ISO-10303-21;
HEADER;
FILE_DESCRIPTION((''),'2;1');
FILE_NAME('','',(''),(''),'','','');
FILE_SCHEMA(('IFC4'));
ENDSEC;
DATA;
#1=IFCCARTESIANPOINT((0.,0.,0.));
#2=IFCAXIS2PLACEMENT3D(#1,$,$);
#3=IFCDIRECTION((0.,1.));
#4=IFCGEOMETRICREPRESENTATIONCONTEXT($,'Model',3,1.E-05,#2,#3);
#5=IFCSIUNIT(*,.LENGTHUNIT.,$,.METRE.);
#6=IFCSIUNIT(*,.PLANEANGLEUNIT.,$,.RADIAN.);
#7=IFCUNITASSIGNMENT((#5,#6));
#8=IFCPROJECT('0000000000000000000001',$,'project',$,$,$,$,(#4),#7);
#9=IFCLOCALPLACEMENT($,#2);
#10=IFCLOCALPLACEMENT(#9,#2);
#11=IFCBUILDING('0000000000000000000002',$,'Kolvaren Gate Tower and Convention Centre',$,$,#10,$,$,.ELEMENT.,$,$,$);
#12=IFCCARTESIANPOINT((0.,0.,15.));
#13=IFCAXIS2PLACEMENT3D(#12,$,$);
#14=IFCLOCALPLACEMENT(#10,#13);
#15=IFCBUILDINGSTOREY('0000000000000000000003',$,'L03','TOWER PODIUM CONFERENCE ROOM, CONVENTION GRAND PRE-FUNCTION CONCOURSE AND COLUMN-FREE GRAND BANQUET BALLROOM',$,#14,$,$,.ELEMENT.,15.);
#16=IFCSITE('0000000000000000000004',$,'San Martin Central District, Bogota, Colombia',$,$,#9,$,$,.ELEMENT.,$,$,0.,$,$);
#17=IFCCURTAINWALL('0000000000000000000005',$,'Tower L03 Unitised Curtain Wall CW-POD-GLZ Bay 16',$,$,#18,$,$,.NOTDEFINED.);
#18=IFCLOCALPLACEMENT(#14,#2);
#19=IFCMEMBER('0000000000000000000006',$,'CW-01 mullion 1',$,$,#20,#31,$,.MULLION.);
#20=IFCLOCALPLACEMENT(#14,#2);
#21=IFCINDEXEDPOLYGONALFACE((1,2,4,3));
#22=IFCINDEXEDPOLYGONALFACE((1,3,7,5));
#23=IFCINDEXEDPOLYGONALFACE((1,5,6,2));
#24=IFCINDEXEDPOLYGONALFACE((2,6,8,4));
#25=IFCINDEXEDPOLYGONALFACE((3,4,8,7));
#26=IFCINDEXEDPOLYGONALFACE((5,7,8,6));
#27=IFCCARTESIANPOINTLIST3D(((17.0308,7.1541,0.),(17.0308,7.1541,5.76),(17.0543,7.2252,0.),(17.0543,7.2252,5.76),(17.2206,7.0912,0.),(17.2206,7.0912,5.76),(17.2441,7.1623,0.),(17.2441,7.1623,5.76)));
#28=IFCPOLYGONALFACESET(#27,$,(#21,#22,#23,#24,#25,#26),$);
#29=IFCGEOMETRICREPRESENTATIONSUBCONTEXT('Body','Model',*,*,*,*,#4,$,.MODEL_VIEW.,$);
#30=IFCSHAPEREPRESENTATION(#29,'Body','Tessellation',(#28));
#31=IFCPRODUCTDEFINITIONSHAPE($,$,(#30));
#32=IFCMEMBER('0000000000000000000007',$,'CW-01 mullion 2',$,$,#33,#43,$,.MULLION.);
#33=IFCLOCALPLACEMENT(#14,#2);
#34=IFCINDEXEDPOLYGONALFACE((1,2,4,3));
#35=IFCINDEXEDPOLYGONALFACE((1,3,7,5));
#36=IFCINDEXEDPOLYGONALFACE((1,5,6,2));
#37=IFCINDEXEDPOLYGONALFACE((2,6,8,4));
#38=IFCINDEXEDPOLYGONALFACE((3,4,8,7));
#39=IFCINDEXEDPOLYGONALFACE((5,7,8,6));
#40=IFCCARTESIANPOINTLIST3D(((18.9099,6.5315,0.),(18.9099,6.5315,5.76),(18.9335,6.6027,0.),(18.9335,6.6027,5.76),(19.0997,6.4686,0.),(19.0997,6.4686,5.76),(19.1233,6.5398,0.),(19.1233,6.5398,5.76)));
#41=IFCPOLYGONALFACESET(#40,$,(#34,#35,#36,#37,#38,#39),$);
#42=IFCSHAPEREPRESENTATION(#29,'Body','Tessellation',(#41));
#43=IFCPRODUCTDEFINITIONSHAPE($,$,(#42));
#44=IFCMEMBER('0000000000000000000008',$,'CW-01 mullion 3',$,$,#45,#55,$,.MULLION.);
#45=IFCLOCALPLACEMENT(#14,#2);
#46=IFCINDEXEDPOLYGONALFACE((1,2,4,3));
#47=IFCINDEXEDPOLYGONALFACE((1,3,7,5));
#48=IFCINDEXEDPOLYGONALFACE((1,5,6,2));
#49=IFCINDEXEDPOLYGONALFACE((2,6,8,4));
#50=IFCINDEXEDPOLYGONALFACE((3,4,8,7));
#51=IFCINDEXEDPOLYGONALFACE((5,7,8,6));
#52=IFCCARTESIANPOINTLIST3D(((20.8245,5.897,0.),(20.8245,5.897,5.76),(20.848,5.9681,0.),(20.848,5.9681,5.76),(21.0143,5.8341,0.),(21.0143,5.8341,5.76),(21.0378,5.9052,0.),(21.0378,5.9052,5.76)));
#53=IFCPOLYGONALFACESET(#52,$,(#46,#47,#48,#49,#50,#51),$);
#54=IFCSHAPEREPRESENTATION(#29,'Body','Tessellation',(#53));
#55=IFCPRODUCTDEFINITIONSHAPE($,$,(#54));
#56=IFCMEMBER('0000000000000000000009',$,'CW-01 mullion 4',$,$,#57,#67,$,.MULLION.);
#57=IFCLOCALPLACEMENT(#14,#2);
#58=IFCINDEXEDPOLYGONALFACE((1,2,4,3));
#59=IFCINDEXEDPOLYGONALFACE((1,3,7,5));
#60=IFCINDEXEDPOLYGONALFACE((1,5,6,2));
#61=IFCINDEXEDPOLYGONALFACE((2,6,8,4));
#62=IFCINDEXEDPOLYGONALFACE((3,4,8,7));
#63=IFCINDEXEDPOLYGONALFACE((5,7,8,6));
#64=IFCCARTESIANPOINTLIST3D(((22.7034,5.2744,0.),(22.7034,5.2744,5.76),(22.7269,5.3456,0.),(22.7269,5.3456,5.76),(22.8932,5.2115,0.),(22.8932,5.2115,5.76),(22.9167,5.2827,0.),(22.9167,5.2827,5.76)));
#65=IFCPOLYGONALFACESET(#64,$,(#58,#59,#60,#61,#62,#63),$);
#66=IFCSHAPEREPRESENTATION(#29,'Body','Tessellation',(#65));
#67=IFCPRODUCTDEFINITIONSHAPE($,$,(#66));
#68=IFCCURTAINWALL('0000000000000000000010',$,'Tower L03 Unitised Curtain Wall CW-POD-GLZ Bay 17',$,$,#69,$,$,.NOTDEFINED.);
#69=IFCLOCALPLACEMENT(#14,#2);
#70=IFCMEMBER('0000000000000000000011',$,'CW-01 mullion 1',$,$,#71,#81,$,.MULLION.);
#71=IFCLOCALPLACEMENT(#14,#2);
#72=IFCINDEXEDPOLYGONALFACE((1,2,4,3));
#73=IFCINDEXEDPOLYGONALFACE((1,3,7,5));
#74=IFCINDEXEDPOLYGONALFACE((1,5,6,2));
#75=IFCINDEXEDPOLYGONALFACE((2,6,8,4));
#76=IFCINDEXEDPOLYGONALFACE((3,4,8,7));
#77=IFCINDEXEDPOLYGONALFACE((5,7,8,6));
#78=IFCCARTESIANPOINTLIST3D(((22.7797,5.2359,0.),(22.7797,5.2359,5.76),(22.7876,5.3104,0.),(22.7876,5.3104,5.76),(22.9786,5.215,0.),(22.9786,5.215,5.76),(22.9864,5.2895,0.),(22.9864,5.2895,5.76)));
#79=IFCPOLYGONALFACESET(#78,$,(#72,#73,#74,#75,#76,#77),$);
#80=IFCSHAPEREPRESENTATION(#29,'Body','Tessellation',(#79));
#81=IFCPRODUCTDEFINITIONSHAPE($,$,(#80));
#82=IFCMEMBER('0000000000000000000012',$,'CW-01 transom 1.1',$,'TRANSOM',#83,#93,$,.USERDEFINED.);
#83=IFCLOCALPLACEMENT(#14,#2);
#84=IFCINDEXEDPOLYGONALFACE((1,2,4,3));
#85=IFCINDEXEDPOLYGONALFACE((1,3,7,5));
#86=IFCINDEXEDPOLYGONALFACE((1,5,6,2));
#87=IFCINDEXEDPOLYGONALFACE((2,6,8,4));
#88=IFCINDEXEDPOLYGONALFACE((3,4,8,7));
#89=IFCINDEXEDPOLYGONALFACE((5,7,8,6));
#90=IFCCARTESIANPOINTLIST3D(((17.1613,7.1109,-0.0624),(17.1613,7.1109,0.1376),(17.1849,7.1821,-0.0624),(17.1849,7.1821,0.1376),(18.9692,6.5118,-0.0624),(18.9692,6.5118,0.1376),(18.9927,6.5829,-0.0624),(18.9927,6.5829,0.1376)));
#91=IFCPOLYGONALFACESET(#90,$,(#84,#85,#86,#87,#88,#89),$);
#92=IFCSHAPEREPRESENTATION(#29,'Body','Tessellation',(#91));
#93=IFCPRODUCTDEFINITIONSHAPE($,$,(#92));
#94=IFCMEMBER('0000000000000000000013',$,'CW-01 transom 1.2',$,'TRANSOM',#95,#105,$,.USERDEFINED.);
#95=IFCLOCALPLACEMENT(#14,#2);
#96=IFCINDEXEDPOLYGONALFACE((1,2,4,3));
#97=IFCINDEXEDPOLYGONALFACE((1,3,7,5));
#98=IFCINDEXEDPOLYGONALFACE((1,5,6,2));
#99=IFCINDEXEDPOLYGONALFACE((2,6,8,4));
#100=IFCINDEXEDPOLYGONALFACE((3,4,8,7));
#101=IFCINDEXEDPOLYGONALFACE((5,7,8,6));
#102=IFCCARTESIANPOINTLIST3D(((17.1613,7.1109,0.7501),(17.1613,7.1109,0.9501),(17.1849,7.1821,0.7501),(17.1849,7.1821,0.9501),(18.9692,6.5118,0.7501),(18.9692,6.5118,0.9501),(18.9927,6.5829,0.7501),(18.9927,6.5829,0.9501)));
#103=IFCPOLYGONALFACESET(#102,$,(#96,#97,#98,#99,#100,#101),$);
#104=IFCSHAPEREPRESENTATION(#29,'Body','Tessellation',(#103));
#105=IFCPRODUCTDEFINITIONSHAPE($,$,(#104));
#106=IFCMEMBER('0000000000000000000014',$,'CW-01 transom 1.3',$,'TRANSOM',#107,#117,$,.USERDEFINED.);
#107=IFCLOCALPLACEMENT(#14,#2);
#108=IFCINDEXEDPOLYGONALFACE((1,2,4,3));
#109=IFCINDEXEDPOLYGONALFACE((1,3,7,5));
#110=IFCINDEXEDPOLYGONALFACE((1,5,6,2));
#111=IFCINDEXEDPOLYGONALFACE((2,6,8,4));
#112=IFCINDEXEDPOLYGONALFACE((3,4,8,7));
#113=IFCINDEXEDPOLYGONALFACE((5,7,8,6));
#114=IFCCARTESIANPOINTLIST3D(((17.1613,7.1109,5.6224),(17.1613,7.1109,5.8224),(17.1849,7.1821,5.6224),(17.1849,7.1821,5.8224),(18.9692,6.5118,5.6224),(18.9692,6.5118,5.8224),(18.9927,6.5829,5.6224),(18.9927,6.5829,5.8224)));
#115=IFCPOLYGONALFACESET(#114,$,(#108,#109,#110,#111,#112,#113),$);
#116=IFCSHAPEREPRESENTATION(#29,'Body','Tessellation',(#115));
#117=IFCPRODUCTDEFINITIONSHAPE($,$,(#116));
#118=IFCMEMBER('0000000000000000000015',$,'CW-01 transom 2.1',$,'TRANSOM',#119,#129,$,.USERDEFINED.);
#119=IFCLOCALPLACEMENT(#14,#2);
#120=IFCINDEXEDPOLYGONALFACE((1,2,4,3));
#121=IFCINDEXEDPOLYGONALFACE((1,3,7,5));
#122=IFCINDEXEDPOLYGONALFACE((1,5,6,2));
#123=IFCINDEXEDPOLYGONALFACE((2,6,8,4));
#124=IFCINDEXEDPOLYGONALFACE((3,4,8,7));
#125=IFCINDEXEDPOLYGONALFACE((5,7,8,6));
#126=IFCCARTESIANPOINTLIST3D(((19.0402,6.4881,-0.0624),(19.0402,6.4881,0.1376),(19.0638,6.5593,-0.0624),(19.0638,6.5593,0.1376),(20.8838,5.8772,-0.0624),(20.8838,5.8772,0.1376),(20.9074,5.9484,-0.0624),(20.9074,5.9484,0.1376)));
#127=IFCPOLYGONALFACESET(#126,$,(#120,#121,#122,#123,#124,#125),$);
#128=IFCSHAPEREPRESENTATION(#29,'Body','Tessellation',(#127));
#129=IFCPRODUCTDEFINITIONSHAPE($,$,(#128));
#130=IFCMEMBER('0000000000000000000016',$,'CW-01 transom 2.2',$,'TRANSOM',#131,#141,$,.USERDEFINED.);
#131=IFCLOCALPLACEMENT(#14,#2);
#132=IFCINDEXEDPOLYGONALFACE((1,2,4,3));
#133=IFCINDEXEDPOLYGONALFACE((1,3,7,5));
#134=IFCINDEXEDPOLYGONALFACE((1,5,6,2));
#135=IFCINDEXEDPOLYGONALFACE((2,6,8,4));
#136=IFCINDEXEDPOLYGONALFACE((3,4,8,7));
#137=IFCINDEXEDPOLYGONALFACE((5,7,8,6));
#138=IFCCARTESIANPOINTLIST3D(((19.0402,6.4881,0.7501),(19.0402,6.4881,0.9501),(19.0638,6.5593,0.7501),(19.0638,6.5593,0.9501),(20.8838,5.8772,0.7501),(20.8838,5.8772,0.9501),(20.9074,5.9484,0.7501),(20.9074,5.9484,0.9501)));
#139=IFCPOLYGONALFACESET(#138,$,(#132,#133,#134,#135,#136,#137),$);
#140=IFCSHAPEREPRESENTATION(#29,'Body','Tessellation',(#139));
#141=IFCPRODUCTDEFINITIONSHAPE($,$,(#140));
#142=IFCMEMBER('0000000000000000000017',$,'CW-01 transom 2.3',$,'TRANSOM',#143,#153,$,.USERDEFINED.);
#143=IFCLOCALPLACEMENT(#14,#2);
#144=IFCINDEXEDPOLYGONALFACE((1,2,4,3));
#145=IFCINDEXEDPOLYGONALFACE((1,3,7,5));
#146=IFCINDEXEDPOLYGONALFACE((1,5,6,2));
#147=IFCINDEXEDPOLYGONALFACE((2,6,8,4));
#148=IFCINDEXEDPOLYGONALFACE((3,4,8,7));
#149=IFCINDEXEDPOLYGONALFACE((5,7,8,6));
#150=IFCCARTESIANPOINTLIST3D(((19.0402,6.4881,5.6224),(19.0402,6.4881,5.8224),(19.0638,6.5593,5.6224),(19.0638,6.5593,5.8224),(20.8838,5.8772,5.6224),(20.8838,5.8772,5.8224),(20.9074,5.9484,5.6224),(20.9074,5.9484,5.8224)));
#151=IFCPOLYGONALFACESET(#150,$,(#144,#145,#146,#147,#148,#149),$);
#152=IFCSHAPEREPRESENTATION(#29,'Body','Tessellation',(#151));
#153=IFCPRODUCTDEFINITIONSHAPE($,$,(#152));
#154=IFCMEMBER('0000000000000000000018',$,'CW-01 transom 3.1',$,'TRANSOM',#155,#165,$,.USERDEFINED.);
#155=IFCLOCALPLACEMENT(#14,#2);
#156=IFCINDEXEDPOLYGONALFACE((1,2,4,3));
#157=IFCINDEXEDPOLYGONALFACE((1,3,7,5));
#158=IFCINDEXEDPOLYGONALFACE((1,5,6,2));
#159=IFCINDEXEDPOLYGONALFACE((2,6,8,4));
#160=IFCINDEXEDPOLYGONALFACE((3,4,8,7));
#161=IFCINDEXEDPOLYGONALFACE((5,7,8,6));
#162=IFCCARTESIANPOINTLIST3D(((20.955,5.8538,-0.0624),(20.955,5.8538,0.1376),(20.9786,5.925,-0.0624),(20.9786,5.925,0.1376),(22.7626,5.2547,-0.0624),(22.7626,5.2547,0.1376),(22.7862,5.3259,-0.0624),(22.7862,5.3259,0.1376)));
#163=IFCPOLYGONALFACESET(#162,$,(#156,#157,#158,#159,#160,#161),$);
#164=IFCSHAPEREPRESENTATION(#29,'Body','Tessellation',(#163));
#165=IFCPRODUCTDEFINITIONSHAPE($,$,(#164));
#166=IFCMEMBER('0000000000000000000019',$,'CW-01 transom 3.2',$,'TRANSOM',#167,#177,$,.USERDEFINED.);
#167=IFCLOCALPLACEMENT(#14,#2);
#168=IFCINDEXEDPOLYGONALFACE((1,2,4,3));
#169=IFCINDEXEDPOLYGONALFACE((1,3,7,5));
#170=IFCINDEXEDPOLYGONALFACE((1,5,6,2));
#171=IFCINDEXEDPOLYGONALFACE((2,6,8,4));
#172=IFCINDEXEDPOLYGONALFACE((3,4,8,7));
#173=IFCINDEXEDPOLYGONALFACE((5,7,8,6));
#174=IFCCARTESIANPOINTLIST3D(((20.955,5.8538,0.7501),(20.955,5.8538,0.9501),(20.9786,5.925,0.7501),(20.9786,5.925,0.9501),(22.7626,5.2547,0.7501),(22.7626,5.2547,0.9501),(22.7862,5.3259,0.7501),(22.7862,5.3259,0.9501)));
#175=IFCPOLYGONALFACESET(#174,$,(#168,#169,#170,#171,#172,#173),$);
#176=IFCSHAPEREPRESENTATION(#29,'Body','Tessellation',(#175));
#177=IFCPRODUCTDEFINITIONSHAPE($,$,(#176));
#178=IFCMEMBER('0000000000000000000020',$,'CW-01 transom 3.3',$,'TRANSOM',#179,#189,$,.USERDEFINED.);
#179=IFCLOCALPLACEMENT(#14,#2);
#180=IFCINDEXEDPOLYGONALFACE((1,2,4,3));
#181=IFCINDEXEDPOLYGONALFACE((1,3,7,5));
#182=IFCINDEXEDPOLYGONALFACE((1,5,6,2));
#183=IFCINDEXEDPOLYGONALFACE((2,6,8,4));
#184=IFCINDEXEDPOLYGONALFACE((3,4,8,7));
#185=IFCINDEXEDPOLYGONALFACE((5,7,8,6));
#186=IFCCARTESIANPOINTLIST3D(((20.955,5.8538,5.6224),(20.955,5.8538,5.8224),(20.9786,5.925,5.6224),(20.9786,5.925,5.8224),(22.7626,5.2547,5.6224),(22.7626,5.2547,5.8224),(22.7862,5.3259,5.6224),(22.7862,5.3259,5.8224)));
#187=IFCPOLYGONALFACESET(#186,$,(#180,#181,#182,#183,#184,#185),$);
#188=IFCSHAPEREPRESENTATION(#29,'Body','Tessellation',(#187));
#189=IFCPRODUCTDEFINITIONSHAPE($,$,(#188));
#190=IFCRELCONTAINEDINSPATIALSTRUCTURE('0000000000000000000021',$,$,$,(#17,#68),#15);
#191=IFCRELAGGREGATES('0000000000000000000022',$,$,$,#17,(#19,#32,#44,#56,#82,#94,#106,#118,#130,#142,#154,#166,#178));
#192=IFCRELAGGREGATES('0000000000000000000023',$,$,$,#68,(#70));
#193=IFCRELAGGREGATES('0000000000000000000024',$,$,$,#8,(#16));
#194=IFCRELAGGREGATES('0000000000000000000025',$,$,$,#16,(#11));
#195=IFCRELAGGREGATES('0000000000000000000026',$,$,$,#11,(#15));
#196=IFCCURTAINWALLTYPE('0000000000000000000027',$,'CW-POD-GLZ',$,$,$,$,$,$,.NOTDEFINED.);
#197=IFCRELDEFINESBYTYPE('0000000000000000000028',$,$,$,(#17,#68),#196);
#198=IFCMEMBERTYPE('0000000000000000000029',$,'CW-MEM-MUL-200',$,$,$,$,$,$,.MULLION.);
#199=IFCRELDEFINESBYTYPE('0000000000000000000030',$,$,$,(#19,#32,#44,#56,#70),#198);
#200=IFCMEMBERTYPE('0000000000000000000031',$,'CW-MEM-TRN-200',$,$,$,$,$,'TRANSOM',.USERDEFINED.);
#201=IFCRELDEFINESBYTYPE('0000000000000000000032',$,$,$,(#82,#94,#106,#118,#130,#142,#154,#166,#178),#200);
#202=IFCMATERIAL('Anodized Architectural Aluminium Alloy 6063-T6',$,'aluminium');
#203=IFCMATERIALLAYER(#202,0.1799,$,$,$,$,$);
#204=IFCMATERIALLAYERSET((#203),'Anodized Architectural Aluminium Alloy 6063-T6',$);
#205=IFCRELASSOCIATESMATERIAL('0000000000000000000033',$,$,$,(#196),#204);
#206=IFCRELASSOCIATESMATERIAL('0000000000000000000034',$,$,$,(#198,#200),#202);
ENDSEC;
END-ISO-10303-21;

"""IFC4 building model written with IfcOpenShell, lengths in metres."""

from ifc_helpers import new_model, si_unit, direction, frame, origin, origin_2d, place, context, subcontext, project, spatial, rectangle, extrude, material, layer, layer_set, material_profile, profile_set, type_object, element, aggregate, save


model = new_model("IFC4")

# Units and contexts
model_context = context("Model", 3, precision=1e-05, world=origin(), true_north=direction((0.0, 1.0)))
body_context = subcontext(model_context, "Body", "Model", "MODEL_VIEW")
ifc_project = project(units=[si_unit("LENGTHUNIT", "METRE"), si_unit("PLANEANGLEUNIT", "RADIAN")], contexts=[model_context])

# Site, building, storey
site_placement = place(None, origin())
site = spatial("IfcSite", under=ifc_project, at=site_placement, Name="San Martin Central District, Bogota, Colombia", CompositionType="ELEMENT", RefElevation=0.0)
building_placement = place(site_placement, origin())
building = spatial("IfcBuilding", under=site, at=building_placement, Name="Kolvaren Gate Tower and Convention Centre", CompositionType="ELEMENT")
storey_placement = place(building_placement, frame((0.0, 0.0, 15.0)))
storey = spatial("IfcBuildingStorey", under=building, at=storey_placement, Name="L03", Description="TOWER PODIUM CONFERENCE ROOM, CONVENTION GRAND PRE-FUNCTION CONCOURSE AND COLUMN-FREE GRAND BANQUET BALLROOM", CompositionType="ELEMENT", Elevation=15.0)

# Curtain wall, members
ifc_material_1 = material(Name="Anodized Architectural Aluminium Alloy 6063-T6", Category="aluminium")
ifc_layer_1 = layer(ifc_material_1, 0.1799)
ifc_layer_set_1 = layer_set([ifc_layer_1], Name="Anodized Architectural Aluminium Alloy 6063-T6")
curtain_wall_type = type_object("IfcCurtainWallType", Name="CW-POD-GLZ", PredefinedType="NOTDEFINED", material=ifc_layer_set_1)
curtain_wall_1_placement = place(storey_placement, origin())
curtain_wall_1 = element("IfcCurtainWall", 1, at=curtain_wall_1_placement, inside=storey, type_object=curtain_wall_type, Name="Tower L03 Unitised Curtain Wall CW-POD-GLZ Bay 16", PredefinedType="NOTDEFINED")
ifc_material_profile_1 = material_profile(ifc_material_1, rectangle(XDim=0.075, YDim=0.2, at=origin_2d()), Name="CW-MEM-MUL-200")
ifc_profile_set_1 = profile_set([ifc_material_profile_1], Name="Anodized Architectural Aluminium Alloy 6063-T6")
member_type_1 = type_object("IfcMemberType", Name="CW-MEM-MUL-200", PredefinedType="MULLION", material=ifc_profile_set_1)
member_1_placement = place(storey_placement, frame((17.1375, 7.1582, 0.0), z_axis=(0.0, 0.0, 1.0), x_axis=(0.314547, 0.949242, 0.0)))
member_1 = element("IfcMember", 2, at=member_1_placement, type_object=member_type_1, Name="CW-01 mullion 1", PredefinedType="MULLION", context=body_context, shape_type="SweptSolid", body=[
    extrude(rectangle(XDim=0.075, YDim=0.2, at=origin_2d()), origin(), (0.0, 0.0, 1.0), 5.76),
])
member_2_placement = place(storey_placement, frame((19.0166, 6.5356, 0.0), z_axis=(0.0, 0.0, 1.0), x_axis=(0.314547, 0.949242, 0.0)))
member_2 = element("IfcMember", 3, at=member_2_placement, type_object=member_type_1, Name="CW-01 mullion 2", PredefinedType="MULLION", context=body_context, shape_type="SweptSolid", body=[
    extrude(rectangle(XDim=0.075, YDim=0.2, at=origin_2d()), origin(), (0.0, 0.0, 1.0), 5.76),
])
member_3_placement = place(storey_placement, frame((20.9312, 5.9011, 0.0), z_axis=(0.0, 0.0, 1.0), x_axis=(0.314547, 0.949242, 0.0)))
member_3 = element("IfcMember", 4, at=member_3_placement, type_object=member_type_1, Name="CW-01 mullion 3", PredefinedType="MULLION", context=body_context, shape_type="SweptSolid", body=[
    extrude(rectangle(XDim=0.075, YDim=0.2, at=origin_2d()), origin(), (0.0, 0.0, 1.0), 5.76),
])
member_4_placement = place(storey_placement, frame((22.8101, 5.2786, 0.0), z_axis=(0.0, 0.0, 1.0), x_axis=(0.314547, 0.949242, 0.0)))
member_4 = element("IfcMember", 5, at=member_4_placement, type_object=member_type_1, Name="CW-01 mullion 4", PredefinedType="MULLION", context=body_context, shape_type="SweptSolid", body=[
    extrude(rectangle(XDim=0.075, YDim=0.2, at=origin_2d()), origin(), (0.0, 0.0, 1.0), 5.76),
])

# Curtain wall, member
curtain_wall_2_placement = place(storey_placement, origin())
curtain_wall_2 = element("IfcCurtainWall", 6, at=curtain_wall_2_placement, inside=storey, type_object=curtain_wall_type, Name="Tower L03 Unitised Curtain Wall CW-POD-GLZ Bay 17", PredefinedType="NOTDEFINED")
member_5_placement = place(storey_placement, frame((22.8831, 5.2627, 0.0), z_axis=(0.0, 0.0, 1.0), x_axis=(0.104742, 0.994499, 0.0)))
member_5 = element("IfcMember", 7, at=member_5_placement, type_object=member_type_1, Name="CW-01 mullion 1", PredefinedType="MULLION", context=body_context, shape_type="SweptSolid", body=[
    extrude(rectangle(XDim=0.075, YDim=0.2, at=origin_2d()), origin(), (0.0, 0.0, 1.0), 5.76),
])

# Members
ifc_material_profile_2 = material_profile(ifc_material_1, rectangle(XDim=0.075, YDim=0.2, at=origin_2d()), Name="CW-MEM-TRN-200")
ifc_profile_set_2 = profile_set([ifc_material_profile_2], Name="Anodized Architectural Aluminium Alloy 6063-T6")
member_type_2 = type_object("IfcMemberType", Name="CW-MEM-TRN-200", ElementType="TRANSOM", PredefinedType="USERDEFINED", material=ifc_profile_set_2)
member_6_placement = place(storey_placement, frame((17.1731, 7.1465, 0.0376), z_axis=(0.949233, -0.314574, 0.0), x_axis=(0.314574, 0.949233, 0.0)))
member_6 = element("IfcMember", 8, at=member_6_placement, type_object=member_type_2, Name="CW-01 transom 1.1", ObjectType="TRANSOM", PredefinedType="USERDEFINED", context=body_context, shape_type="SweptSolid", body=[
    extrude(rectangle(XDim=0.075, YDim=0.2, at=origin_2d()), origin(), (0.0, 0.0, 1.0), 1.9045),
])
member_7_placement = place(storey_placement, frame((17.1731, 7.1465, 0.8501), z_axis=(0.949233, -0.314574, 0.0), x_axis=(0.314574, 0.949233, 0.0)))
member_7 = element("IfcMember", 9, at=member_7_placement, type_object=member_type_2, Name="CW-01 transom 1.2", ObjectType="TRANSOM", PredefinedType="USERDEFINED", context=body_context, shape_type="SweptSolid", body=[
    extrude(rectangle(XDim=0.075, YDim=0.2, at=origin_2d()), origin(), (0.0, 0.0, 1.0), 1.9045),
])
member_8_placement = place(storey_placement, frame((17.1731, 7.1465, 5.7224), z_axis=(0.949233, -0.314574, 0.0), x_axis=(0.314574, 0.949233, 0.0)))
member_8 = element("IfcMember", 10, at=member_8_placement, type_object=member_type_2, Name="CW-01 transom 1.3", ObjectType="TRANSOM", PredefinedType="USERDEFINED", context=body_context, shape_type="SweptSolid", body=[
    extrude(rectangle(XDim=0.075, YDim=0.2, at=origin_2d()), origin(), (0.0, 0.0, 1.0), 1.9045),
])
member_9_placement = place(storey_placement, frame((19.052, 6.5237, 0.0376), z_axis=(0.949247, -0.31453, 0.0), x_axis=(0.31453, 0.949247, 0.0)))
member_9 = element("IfcMember", 11, at=member_9_placement, type_object=member_type_2, Name="CW-01 transom 2.1", ObjectType="TRANSOM", PredefinedType="USERDEFINED", context=body_context, shape_type="SweptSolid", body=[
    extrude(rectangle(XDim=0.075, YDim=0.2, at=origin_2d()), origin(), (0.0, 0.0, 1.0), 1.9421),
])
member_10_placement = place(storey_placement, frame((19.052, 6.5237, 0.8501), z_axis=(0.949247, -0.31453, 0.0), x_axis=(0.31453, 0.949247, 0.0)))
member_10 = element("IfcMember", 12, at=member_10_placement, type_object=member_type_2, Name="CW-01 transom 2.2", ObjectType="TRANSOM", PredefinedType="USERDEFINED", context=body_context, shape_type="SweptSolid", body=[
    extrude(rectangle(XDim=0.075, YDim=0.2, at=origin_2d()), origin(), (0.0, 0.0, 1.0), 1.9421),
])
member_11_placement = place(storey_placement, frame((19.052, 6.5237, 5.7224), z_axis=(0.949247, -0.31453, 0.0), x_axis=(0.31453, 0.949247, 0.0)))
member_11 = element("IfcMember", 13, at=member_11_placement, type_object=member_type_2, Name="CW-01 transom 2.3", ObjectType="TRANSOM", PredefinedType="USERDEFINED", context=body_context, shape_type="SweptSolid", body=[
    extrude(rectangle(XDim=0.075, YDim=0.2, at=origin_2d()), origin(), (0.0, 0.0, 1.0), 1.9421),
])
member_12_placement = place(storey_placement, frame((20.9668, 5.8894, 0.0376), z_axis=(0.94922, -0.314612, 0.0), x_axis=(0.314612, 0.94922, 0.0)))
member_12 = element("IfcMember", 14, at=member_12_placement, type_object=member_type_2, Name="CW-01 transom 3.1", ObjectType="TRANSOM", PredefinedType="USERDEFINED", context=body_context, shape_type="SweptSolid", body=[
    extrude(rectangle(XDim=0.075, YDim=0.2, at=origin_2d()), origin(), (0.0, 0.0, 1.0), 1.9043),
])
member_13_placement = place(storey_placement, frame((20.9668, 5.8894, 0.8501), z_axis=(0.94922, -0.314612, 0.0), x_axis=(0.314612, 0.94922, 0.0)))
member_13 = element("IfcMember", 15, at=member_13_placement, type_object=member_type_2, Name="CW-01 transom 3.2", ObjectType="TRANSOM", PredefinedType="USERDEFINED", context=body_context, shape_type="SweptSolid", body=[
    extrude(rectangle(XDim=0.075, YDim=0.2, at=origin_2d()), origin(), (0.0, 0.0, 1.0), 1.9043),
])
member_14_placement = place(storey_placement, frame((20.9668, 5.8894, 5.7224), z_axis=(0.94922, -0.314612, 0.0), x_axis=(0.314612, 0.94922, 0.0)))
member_14 = element("IfcMember", 16, at=member_14_placement, type_object=member_type_2, Name="CW-01 transom 3.3", ObjectType="TRANSOM", PredefinedType="USERDEFINED", context=body_context, shape_type="SweptSolid", body=[
    extrude(rectangle(XDim=0.075, YDim=0.2, at=origin_2d()), origin(), (0.0, 0.0, 1.0), 1.9043),
])

aggregate(curtain_wall_1, [member_1, member_2, member_3, member_4, member_6, member_7, member_8, member_9, member_10, member_11, member_12, member_13, member_14])
aggregate(curtain_wall_2, [member_5])

save(model, "model.ifc")
